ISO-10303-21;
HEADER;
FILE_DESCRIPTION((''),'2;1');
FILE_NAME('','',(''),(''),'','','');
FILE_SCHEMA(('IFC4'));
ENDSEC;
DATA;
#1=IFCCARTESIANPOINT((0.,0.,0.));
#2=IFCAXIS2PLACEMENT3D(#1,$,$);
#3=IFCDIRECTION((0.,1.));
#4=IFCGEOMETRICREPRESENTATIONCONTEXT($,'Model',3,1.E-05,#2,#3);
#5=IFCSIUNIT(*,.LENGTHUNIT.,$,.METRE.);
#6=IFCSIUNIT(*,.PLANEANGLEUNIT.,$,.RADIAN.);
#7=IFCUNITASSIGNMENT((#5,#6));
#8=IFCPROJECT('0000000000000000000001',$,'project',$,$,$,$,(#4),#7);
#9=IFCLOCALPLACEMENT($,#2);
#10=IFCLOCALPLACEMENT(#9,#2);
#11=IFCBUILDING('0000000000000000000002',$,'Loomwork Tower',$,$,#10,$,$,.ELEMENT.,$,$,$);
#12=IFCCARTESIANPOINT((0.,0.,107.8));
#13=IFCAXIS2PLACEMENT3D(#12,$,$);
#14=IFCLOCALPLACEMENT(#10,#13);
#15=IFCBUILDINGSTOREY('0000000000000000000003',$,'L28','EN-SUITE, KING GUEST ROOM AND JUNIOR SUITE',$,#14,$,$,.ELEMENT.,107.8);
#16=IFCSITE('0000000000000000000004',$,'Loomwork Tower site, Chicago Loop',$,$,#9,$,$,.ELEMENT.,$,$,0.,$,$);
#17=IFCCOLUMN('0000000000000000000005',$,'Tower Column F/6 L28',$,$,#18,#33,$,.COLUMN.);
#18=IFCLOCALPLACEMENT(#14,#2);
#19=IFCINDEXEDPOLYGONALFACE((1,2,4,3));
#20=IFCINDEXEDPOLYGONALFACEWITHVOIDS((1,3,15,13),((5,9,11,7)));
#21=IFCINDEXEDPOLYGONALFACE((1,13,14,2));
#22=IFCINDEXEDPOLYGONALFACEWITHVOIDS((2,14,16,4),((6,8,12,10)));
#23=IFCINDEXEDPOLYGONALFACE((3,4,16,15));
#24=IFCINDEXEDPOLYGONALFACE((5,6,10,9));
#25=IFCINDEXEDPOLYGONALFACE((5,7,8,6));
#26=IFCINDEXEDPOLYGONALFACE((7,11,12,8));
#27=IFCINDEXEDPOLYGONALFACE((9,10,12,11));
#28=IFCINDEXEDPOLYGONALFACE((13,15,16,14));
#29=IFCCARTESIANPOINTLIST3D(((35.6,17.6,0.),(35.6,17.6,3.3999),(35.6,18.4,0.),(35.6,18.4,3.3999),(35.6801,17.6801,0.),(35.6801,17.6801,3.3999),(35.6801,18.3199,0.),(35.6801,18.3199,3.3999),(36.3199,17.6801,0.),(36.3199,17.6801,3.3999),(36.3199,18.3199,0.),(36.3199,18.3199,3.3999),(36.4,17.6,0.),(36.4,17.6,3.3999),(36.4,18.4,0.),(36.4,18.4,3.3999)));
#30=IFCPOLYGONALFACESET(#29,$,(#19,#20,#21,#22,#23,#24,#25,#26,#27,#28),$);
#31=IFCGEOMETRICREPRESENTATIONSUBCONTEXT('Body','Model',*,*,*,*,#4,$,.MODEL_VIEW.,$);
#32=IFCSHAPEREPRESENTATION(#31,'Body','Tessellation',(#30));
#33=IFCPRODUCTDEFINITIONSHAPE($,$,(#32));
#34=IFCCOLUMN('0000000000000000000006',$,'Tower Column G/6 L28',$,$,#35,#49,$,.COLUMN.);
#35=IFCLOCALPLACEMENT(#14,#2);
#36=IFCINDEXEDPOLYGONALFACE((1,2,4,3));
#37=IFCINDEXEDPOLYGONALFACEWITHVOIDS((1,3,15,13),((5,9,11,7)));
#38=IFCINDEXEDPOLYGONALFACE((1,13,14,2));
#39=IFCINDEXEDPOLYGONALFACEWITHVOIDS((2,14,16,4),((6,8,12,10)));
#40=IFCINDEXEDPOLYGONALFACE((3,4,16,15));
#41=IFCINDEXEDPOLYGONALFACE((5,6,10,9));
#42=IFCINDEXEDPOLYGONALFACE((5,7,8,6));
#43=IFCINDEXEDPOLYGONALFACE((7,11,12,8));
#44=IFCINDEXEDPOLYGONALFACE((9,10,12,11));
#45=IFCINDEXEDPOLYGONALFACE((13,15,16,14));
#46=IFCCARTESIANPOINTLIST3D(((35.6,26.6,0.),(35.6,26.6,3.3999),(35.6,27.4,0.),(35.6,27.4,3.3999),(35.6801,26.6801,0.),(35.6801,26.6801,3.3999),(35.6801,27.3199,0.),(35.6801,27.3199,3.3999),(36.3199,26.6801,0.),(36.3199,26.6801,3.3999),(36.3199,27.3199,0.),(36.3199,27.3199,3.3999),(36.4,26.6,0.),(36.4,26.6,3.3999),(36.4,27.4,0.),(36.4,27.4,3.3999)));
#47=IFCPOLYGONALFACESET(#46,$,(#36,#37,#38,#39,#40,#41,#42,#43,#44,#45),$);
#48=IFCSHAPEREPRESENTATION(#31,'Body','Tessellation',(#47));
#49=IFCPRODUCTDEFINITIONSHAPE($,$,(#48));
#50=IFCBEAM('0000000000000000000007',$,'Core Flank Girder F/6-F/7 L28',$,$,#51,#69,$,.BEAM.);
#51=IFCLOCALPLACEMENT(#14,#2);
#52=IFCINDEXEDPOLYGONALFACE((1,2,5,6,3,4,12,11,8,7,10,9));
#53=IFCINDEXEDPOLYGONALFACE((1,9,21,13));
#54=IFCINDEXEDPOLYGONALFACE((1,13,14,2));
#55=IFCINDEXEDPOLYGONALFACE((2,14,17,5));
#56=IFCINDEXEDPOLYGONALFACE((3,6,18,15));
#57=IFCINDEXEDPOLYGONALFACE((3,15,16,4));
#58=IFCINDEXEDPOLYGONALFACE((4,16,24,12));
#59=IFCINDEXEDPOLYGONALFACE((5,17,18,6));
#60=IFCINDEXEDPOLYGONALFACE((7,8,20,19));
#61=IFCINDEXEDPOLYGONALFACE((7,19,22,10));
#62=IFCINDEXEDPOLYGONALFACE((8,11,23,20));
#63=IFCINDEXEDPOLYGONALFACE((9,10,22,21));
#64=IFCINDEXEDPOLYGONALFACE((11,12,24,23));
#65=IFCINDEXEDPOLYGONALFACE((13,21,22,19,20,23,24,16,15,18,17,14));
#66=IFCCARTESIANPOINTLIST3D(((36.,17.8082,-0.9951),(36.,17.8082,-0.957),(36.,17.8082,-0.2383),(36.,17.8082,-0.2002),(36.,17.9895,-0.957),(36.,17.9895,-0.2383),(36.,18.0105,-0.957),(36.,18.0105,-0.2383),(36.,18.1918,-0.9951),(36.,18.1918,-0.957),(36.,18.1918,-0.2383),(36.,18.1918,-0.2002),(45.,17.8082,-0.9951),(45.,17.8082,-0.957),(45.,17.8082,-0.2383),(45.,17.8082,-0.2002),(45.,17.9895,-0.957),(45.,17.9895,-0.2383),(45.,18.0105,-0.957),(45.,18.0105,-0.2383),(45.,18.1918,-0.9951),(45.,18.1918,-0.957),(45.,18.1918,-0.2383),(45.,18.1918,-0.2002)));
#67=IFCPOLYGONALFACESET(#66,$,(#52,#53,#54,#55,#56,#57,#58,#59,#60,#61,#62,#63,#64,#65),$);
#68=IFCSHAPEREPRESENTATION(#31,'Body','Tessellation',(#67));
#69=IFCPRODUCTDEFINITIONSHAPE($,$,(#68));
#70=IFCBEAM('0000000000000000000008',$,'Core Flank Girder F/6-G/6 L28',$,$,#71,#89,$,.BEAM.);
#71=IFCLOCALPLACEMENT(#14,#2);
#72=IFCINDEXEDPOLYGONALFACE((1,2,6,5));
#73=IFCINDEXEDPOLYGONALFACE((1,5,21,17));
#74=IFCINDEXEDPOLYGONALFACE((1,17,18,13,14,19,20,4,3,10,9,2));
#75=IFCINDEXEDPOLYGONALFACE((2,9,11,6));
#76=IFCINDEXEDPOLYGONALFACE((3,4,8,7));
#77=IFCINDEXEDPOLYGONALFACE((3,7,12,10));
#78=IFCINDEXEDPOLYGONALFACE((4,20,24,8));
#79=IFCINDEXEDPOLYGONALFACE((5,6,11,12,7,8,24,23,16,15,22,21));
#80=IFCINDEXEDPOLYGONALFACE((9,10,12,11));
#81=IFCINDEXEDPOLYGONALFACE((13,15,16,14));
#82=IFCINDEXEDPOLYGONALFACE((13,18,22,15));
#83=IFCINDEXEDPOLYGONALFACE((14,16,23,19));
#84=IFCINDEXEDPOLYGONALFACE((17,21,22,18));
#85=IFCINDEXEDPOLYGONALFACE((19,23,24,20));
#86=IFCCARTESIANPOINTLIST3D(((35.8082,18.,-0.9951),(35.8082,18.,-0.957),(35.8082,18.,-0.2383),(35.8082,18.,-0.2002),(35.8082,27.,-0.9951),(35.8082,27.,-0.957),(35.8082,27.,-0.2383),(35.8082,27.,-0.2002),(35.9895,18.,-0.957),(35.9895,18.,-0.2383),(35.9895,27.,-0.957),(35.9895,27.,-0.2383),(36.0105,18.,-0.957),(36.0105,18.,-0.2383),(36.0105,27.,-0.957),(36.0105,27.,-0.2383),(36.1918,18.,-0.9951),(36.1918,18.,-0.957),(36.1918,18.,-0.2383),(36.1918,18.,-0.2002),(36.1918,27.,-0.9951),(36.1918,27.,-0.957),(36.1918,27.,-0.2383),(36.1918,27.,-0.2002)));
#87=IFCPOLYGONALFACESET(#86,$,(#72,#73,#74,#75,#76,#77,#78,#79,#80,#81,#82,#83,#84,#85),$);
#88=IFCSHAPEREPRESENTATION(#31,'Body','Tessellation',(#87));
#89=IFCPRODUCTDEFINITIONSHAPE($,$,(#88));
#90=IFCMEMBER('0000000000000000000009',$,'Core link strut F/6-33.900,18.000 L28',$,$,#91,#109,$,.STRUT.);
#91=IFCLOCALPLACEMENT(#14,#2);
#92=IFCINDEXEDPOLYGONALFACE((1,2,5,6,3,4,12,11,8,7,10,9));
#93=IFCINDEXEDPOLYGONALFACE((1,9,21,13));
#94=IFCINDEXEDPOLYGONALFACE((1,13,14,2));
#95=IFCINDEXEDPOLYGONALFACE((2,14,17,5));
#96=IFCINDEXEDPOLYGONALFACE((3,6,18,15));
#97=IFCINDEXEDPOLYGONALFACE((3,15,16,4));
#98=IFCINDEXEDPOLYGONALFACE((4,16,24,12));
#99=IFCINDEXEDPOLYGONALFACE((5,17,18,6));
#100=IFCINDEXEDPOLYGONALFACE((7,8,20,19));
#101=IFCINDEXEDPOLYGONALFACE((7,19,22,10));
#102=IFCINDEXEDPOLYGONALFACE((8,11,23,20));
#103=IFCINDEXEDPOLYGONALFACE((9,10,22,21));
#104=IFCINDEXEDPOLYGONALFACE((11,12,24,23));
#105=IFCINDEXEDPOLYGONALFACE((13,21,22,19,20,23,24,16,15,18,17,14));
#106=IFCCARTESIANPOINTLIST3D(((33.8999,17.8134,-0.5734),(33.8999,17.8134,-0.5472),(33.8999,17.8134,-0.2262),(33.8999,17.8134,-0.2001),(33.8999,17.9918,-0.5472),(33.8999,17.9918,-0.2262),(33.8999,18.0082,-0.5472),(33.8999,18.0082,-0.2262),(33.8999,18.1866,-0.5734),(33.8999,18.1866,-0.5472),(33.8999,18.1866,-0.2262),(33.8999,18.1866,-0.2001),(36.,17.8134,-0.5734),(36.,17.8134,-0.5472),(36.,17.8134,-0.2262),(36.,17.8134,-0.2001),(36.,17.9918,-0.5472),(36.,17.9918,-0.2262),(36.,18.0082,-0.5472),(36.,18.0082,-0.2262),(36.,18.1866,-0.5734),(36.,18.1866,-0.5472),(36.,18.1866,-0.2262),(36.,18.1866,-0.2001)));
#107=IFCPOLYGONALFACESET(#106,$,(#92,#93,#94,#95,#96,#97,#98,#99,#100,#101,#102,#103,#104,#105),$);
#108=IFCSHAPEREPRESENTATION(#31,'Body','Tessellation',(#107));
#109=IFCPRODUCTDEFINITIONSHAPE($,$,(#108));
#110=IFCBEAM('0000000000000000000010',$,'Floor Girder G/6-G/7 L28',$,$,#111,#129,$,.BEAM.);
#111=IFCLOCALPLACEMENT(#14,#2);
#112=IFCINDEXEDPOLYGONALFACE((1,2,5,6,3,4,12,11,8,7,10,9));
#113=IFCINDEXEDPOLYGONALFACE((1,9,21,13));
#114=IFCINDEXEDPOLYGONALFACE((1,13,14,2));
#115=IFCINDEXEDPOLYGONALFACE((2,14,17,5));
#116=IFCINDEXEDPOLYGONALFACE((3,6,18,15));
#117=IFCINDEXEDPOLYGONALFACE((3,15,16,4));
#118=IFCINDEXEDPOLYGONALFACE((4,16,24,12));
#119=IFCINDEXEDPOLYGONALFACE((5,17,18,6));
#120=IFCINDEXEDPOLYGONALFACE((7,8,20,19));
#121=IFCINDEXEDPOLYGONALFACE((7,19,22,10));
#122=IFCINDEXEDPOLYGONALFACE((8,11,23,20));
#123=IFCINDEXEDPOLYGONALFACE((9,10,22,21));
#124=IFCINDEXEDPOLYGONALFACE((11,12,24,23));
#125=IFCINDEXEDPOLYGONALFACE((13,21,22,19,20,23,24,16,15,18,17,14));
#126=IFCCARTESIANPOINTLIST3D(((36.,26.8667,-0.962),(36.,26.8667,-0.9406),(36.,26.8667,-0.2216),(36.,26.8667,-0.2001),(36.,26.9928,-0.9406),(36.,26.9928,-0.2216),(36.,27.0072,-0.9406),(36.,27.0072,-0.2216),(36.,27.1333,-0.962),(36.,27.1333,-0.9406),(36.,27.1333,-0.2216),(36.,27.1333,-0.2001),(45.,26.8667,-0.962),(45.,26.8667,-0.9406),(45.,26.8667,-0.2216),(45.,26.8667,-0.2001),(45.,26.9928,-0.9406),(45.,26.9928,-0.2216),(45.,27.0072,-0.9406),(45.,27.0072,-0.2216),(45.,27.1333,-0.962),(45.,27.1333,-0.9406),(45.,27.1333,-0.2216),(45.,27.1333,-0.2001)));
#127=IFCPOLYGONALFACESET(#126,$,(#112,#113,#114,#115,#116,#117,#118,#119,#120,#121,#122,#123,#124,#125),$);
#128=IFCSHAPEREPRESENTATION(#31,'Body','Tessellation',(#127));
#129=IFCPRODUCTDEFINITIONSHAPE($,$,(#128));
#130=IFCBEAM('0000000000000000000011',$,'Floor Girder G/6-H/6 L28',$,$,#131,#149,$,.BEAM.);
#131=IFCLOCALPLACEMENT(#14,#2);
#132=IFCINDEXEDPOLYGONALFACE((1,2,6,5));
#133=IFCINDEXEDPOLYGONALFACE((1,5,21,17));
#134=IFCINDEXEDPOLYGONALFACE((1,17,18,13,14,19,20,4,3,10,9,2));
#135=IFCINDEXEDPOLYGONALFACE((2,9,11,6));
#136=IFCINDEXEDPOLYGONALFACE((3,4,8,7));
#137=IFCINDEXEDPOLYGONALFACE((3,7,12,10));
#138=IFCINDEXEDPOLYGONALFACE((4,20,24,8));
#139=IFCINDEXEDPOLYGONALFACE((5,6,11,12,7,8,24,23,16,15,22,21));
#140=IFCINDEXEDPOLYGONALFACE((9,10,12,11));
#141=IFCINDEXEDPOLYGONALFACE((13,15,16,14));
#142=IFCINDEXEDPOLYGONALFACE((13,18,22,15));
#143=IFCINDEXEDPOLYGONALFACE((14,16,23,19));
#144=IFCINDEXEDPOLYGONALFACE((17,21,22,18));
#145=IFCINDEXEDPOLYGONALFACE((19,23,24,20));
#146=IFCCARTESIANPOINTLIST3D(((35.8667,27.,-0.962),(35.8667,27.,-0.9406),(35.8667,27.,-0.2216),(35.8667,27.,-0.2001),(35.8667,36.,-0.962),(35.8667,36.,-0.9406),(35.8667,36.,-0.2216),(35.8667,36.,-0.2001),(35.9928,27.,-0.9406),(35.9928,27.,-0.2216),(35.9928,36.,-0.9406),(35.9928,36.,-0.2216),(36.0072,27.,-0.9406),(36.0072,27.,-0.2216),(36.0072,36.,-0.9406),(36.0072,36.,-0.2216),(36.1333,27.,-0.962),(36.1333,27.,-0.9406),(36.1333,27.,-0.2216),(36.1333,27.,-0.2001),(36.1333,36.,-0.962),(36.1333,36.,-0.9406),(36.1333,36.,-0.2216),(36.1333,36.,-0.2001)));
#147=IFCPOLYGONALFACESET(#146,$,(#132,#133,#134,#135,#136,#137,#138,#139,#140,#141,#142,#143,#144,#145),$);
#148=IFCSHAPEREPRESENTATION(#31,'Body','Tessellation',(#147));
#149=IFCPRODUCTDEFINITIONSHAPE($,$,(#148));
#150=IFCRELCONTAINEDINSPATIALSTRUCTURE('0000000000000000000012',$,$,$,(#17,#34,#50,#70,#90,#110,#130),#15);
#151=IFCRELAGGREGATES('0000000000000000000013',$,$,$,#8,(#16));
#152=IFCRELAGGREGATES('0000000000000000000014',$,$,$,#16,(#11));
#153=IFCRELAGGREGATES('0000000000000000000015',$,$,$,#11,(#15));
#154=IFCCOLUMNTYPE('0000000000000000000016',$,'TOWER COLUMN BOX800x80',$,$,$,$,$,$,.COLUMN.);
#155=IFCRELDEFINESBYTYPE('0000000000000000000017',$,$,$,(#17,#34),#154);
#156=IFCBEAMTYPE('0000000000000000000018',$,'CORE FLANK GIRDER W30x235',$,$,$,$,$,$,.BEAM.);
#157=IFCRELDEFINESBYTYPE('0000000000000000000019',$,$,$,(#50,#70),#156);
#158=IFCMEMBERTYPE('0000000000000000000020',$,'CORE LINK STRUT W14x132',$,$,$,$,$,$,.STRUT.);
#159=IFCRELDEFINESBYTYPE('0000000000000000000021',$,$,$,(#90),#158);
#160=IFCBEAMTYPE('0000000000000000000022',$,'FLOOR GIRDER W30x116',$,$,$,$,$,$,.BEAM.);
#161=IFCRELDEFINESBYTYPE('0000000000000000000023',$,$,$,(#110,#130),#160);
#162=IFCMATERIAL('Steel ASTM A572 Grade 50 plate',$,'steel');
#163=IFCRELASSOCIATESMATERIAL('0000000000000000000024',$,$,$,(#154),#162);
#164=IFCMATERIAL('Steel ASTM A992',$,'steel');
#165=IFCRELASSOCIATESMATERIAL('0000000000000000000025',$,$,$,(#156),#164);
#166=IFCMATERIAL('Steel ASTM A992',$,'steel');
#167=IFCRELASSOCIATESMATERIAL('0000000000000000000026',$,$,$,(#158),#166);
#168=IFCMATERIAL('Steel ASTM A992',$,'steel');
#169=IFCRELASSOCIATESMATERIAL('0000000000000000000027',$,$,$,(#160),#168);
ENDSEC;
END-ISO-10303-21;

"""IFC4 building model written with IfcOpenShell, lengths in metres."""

from ifc_helpers import new_model, si_unit, direction, frame, origin, origin_2d, place, context, subcontext, project, spatial, hollow_rectangle, i_section, extrude, material, material_profile, profile_set, type_object, element, save


model = new_model("IFC4")

# Units and contexts
model_context = context("Model", 3, precision=1e-05, world=origin(), true_north=direction((0.0, 1.0)))
body_context = subcontext(model_context, "Body", "Model", "MODEL_VIEW")
ifc_project = project(units=[si_unit("LENGTHUNIT", "METRE"), si_unit("PLANEANGLEUNIT", "RADIAN")], contexts=[model_context])

# Site, building, storey
site_placement = place(None, origin())
site = spatial("IfcSite", under=ifc_project, at=site_placement, Name="Loomwork Tower site, Chicago Loop", CompositionType="ELEMENT", RefElevation=0.0)
building_placement = place(site_placement, origin())
building = spatial("IfcBuilding", under=site, at=building_placement, Name="Loomwork Tower", CompositionType="ELEMENT")
storey_placement = place(building_placement, frame((0.0, 0.0, 107.8)))
storey = spatial("IfcBuildingStorey", under=building, at=storey_placement, Name="L28", Description="EN-SUITE, KING GUEST ROOM AND JUNIOR SUITE", CompositionType="ELEMENT", Elevation=107.8)

# Columns
ifc_material_1 = material(Name="Steel ASTM A572 Grade 50 plate", Category="steel")
ifc_material_profile_1 = material_profile(ifc_material_1, hollow_rectangle(XDim=0.8, YDim=0.8, WallThickness=0.0801, at=origin_2d()), Name="BOX800x80")
ifc_profile_set_1 = profile_set([ifc_material_profile_1], Name="Steel ASTM A572 Grade 50 plate")
column_type = type_object("IfcColumnType", Name="TOWER COLUMN BOX800x80", PredefinedType="COLUMN", material=ifc_profile_set_1)
for number, where, z_axis, x_axis, name in (
    (1, (36.0, 18.0, 0.0), (0.0, 0.0, 1.0), (0.0, 1.0, 0.0), "Tower Column F/6 L28"),
    (2, (36.0, 27.0, 0.0), (0.0, 0.0, 1.0), (1.0, 0.0, 0.0), "Tower Column G/6 L28"),
):
    element("IfcColumn", number, at=place(storey_placement, frame(where, z_axis=z_axis, x_axis=x_axis)), inside=storey, type_object=column_type, Name=name, PredefinedType="COLUMN", context=body_context, shape_type="SweptSolid", body=[
        extrude(hollow_rectangle(XDim=0.8, YDim=0.8, WallThickness=0.0801, at=origin_2d()), origin(), (0.0, 0.0, 1.0), 3.3999),
    ])

# Beams
ifc_material_2 = material(Name="Steel ASTM A992", Category="steel")
ifc_material_profile_2 = material_profile(ifc_material_2, i_section(OverallWidth=0.3835, OverallDepth=0.7949, WebThickness=0.021, FlangeThickness=0.0381, at=origin_2d()), Name="W30x235")
ifc_profile_set_2 = profile_set([ifc_material_profile_2], Name="Steel ASTM A992")
beam_type_1 = type_object("IfcBeamType", Name="CORE FLANK GIRDER W30x235", PredefinedType="BEAM", material=ifc_profile_set_2)
for number, where, z_axis, x_axis, name in (
    (3, (36.0, 18.0, -0.5977), (1.0, 0.0, 0.0), (0.0, 1.0, 0.0), "Core Flank Girder F/6-F/7 L28"),
    (4, (36.0, 18.0, -0.5977), (0.0, 1.0, 0.0), (-1.0, 0.0, 0.0), "Core Flank Girder F/6-G/6 L28"),
):
    element("IfcBeam", number, at=place(storey_placement, frame(where, z_axis=z_axis, x_axis=x_axis)), inside=storey, type_object=beam_type_1, Name=name, PredefinedType="BEAM", context=body_context, shape_type="SweptSolid", body=[
        extrude(i_section(OverallWidth=0.3835, OverallDepth=0.7949, WebThickness=0.021, FlangeThickness=0.0381, at=origin_2d()), origin(), (0.0, 0.0, 1.0), 9.0),
    ])

# Member
ifc_material_3 = material(Name="Steel ASTM A992", Category="steel")
ifc_material_profile_3 = material_profile(ifc_material_3, i_section(OverallWidth=0.3733, OverallDepth=0.3733, WebThickness=0.0164, FlangeThickness=0.0261, at=origin_2d()), Name="W14x132")
ifc_profile_set_3 = profile_set([ifc_material_profile_3], Name="Steel ASTM A992")
member_type = type_object("IfcMemberType", Name="CORE LINK STRUT W14x132", PredefinedType="STRUT", material=ifc_profile_set_3)
member_placement = place(storey_placement, frame((36.0, 18.0, -0.3867), z_axis=(-1.0, 0.0, 0.0), x_axis=(0.0, -1.0, 0.0)))
element("IfcMember", 5, at=member_placement, inside=storey, type_object=member_type, Name="Core link strut F/6-33.900,18.000 L28", PredefinedType="STRUT", context=body_context, shape_type="SweptSolid", body=[
    extrude(i_section(OverallWidth=0.3733, OverallDepth=0.3733, WebThickness=0.0164, FlangeThickness=0.0261, at=origin_2d()), origin(), (0.0, 0.0, 1.0), 2.1001),
])

# Beams
ifc_material_4 = material(Name="Steel ASTM A992", Category="steel")
ifc_material_profile_4 = material_profile(ifc_material_4, i_section(OverallWidth=0.2666, OverallDepth=0.762, WebThickness=0.0144, FlangeThickness=0.0215, at=origin_2d()), Name="W30x116")
ifc_profile_set_4 = profile_set([ifc_material_profile_4], Name="Steel ASTM A992")
beam_type_2 = type_object("IfcBeamType", Name="FLOOR GIRDER W30x116", PredefinedType="BEAM", material=ifc_profile_set_4)
for number, where, z_axis, x_axis, name in (
    (6, (36.0, 27.0, -0.5811), (1.0, 0.0, 0.0), (0.0, 1.0, 0.0), "Floor Girder G/6-G/7 L28"),
    (7, (36.0, 27.0, -0.5811), (0.0, 1.0, 0.0), (-1.0, 0.0, 0.0), "Floor Girder G/6-H/6 L28"),
):
    element("IfcBeam", number, at=place(storey_placement, frame(where, z_axis=z_axis, x_axis=x_axis)), inside=storey, type_object=beam_type_2, Name=name, PredefinedType="BEAM", context=body_context, shape_type="SweptSolid", body=[
        extrude(i_section(OverallWidth=0.2666, OverallDepth=0.762, WebThickness=0.0144, FlangeThickness=0.0215, at=origin_2d()), origin(), (0.0, 0.0, 1.0), 9.0),
    ])

save(model, "model.ifc")
